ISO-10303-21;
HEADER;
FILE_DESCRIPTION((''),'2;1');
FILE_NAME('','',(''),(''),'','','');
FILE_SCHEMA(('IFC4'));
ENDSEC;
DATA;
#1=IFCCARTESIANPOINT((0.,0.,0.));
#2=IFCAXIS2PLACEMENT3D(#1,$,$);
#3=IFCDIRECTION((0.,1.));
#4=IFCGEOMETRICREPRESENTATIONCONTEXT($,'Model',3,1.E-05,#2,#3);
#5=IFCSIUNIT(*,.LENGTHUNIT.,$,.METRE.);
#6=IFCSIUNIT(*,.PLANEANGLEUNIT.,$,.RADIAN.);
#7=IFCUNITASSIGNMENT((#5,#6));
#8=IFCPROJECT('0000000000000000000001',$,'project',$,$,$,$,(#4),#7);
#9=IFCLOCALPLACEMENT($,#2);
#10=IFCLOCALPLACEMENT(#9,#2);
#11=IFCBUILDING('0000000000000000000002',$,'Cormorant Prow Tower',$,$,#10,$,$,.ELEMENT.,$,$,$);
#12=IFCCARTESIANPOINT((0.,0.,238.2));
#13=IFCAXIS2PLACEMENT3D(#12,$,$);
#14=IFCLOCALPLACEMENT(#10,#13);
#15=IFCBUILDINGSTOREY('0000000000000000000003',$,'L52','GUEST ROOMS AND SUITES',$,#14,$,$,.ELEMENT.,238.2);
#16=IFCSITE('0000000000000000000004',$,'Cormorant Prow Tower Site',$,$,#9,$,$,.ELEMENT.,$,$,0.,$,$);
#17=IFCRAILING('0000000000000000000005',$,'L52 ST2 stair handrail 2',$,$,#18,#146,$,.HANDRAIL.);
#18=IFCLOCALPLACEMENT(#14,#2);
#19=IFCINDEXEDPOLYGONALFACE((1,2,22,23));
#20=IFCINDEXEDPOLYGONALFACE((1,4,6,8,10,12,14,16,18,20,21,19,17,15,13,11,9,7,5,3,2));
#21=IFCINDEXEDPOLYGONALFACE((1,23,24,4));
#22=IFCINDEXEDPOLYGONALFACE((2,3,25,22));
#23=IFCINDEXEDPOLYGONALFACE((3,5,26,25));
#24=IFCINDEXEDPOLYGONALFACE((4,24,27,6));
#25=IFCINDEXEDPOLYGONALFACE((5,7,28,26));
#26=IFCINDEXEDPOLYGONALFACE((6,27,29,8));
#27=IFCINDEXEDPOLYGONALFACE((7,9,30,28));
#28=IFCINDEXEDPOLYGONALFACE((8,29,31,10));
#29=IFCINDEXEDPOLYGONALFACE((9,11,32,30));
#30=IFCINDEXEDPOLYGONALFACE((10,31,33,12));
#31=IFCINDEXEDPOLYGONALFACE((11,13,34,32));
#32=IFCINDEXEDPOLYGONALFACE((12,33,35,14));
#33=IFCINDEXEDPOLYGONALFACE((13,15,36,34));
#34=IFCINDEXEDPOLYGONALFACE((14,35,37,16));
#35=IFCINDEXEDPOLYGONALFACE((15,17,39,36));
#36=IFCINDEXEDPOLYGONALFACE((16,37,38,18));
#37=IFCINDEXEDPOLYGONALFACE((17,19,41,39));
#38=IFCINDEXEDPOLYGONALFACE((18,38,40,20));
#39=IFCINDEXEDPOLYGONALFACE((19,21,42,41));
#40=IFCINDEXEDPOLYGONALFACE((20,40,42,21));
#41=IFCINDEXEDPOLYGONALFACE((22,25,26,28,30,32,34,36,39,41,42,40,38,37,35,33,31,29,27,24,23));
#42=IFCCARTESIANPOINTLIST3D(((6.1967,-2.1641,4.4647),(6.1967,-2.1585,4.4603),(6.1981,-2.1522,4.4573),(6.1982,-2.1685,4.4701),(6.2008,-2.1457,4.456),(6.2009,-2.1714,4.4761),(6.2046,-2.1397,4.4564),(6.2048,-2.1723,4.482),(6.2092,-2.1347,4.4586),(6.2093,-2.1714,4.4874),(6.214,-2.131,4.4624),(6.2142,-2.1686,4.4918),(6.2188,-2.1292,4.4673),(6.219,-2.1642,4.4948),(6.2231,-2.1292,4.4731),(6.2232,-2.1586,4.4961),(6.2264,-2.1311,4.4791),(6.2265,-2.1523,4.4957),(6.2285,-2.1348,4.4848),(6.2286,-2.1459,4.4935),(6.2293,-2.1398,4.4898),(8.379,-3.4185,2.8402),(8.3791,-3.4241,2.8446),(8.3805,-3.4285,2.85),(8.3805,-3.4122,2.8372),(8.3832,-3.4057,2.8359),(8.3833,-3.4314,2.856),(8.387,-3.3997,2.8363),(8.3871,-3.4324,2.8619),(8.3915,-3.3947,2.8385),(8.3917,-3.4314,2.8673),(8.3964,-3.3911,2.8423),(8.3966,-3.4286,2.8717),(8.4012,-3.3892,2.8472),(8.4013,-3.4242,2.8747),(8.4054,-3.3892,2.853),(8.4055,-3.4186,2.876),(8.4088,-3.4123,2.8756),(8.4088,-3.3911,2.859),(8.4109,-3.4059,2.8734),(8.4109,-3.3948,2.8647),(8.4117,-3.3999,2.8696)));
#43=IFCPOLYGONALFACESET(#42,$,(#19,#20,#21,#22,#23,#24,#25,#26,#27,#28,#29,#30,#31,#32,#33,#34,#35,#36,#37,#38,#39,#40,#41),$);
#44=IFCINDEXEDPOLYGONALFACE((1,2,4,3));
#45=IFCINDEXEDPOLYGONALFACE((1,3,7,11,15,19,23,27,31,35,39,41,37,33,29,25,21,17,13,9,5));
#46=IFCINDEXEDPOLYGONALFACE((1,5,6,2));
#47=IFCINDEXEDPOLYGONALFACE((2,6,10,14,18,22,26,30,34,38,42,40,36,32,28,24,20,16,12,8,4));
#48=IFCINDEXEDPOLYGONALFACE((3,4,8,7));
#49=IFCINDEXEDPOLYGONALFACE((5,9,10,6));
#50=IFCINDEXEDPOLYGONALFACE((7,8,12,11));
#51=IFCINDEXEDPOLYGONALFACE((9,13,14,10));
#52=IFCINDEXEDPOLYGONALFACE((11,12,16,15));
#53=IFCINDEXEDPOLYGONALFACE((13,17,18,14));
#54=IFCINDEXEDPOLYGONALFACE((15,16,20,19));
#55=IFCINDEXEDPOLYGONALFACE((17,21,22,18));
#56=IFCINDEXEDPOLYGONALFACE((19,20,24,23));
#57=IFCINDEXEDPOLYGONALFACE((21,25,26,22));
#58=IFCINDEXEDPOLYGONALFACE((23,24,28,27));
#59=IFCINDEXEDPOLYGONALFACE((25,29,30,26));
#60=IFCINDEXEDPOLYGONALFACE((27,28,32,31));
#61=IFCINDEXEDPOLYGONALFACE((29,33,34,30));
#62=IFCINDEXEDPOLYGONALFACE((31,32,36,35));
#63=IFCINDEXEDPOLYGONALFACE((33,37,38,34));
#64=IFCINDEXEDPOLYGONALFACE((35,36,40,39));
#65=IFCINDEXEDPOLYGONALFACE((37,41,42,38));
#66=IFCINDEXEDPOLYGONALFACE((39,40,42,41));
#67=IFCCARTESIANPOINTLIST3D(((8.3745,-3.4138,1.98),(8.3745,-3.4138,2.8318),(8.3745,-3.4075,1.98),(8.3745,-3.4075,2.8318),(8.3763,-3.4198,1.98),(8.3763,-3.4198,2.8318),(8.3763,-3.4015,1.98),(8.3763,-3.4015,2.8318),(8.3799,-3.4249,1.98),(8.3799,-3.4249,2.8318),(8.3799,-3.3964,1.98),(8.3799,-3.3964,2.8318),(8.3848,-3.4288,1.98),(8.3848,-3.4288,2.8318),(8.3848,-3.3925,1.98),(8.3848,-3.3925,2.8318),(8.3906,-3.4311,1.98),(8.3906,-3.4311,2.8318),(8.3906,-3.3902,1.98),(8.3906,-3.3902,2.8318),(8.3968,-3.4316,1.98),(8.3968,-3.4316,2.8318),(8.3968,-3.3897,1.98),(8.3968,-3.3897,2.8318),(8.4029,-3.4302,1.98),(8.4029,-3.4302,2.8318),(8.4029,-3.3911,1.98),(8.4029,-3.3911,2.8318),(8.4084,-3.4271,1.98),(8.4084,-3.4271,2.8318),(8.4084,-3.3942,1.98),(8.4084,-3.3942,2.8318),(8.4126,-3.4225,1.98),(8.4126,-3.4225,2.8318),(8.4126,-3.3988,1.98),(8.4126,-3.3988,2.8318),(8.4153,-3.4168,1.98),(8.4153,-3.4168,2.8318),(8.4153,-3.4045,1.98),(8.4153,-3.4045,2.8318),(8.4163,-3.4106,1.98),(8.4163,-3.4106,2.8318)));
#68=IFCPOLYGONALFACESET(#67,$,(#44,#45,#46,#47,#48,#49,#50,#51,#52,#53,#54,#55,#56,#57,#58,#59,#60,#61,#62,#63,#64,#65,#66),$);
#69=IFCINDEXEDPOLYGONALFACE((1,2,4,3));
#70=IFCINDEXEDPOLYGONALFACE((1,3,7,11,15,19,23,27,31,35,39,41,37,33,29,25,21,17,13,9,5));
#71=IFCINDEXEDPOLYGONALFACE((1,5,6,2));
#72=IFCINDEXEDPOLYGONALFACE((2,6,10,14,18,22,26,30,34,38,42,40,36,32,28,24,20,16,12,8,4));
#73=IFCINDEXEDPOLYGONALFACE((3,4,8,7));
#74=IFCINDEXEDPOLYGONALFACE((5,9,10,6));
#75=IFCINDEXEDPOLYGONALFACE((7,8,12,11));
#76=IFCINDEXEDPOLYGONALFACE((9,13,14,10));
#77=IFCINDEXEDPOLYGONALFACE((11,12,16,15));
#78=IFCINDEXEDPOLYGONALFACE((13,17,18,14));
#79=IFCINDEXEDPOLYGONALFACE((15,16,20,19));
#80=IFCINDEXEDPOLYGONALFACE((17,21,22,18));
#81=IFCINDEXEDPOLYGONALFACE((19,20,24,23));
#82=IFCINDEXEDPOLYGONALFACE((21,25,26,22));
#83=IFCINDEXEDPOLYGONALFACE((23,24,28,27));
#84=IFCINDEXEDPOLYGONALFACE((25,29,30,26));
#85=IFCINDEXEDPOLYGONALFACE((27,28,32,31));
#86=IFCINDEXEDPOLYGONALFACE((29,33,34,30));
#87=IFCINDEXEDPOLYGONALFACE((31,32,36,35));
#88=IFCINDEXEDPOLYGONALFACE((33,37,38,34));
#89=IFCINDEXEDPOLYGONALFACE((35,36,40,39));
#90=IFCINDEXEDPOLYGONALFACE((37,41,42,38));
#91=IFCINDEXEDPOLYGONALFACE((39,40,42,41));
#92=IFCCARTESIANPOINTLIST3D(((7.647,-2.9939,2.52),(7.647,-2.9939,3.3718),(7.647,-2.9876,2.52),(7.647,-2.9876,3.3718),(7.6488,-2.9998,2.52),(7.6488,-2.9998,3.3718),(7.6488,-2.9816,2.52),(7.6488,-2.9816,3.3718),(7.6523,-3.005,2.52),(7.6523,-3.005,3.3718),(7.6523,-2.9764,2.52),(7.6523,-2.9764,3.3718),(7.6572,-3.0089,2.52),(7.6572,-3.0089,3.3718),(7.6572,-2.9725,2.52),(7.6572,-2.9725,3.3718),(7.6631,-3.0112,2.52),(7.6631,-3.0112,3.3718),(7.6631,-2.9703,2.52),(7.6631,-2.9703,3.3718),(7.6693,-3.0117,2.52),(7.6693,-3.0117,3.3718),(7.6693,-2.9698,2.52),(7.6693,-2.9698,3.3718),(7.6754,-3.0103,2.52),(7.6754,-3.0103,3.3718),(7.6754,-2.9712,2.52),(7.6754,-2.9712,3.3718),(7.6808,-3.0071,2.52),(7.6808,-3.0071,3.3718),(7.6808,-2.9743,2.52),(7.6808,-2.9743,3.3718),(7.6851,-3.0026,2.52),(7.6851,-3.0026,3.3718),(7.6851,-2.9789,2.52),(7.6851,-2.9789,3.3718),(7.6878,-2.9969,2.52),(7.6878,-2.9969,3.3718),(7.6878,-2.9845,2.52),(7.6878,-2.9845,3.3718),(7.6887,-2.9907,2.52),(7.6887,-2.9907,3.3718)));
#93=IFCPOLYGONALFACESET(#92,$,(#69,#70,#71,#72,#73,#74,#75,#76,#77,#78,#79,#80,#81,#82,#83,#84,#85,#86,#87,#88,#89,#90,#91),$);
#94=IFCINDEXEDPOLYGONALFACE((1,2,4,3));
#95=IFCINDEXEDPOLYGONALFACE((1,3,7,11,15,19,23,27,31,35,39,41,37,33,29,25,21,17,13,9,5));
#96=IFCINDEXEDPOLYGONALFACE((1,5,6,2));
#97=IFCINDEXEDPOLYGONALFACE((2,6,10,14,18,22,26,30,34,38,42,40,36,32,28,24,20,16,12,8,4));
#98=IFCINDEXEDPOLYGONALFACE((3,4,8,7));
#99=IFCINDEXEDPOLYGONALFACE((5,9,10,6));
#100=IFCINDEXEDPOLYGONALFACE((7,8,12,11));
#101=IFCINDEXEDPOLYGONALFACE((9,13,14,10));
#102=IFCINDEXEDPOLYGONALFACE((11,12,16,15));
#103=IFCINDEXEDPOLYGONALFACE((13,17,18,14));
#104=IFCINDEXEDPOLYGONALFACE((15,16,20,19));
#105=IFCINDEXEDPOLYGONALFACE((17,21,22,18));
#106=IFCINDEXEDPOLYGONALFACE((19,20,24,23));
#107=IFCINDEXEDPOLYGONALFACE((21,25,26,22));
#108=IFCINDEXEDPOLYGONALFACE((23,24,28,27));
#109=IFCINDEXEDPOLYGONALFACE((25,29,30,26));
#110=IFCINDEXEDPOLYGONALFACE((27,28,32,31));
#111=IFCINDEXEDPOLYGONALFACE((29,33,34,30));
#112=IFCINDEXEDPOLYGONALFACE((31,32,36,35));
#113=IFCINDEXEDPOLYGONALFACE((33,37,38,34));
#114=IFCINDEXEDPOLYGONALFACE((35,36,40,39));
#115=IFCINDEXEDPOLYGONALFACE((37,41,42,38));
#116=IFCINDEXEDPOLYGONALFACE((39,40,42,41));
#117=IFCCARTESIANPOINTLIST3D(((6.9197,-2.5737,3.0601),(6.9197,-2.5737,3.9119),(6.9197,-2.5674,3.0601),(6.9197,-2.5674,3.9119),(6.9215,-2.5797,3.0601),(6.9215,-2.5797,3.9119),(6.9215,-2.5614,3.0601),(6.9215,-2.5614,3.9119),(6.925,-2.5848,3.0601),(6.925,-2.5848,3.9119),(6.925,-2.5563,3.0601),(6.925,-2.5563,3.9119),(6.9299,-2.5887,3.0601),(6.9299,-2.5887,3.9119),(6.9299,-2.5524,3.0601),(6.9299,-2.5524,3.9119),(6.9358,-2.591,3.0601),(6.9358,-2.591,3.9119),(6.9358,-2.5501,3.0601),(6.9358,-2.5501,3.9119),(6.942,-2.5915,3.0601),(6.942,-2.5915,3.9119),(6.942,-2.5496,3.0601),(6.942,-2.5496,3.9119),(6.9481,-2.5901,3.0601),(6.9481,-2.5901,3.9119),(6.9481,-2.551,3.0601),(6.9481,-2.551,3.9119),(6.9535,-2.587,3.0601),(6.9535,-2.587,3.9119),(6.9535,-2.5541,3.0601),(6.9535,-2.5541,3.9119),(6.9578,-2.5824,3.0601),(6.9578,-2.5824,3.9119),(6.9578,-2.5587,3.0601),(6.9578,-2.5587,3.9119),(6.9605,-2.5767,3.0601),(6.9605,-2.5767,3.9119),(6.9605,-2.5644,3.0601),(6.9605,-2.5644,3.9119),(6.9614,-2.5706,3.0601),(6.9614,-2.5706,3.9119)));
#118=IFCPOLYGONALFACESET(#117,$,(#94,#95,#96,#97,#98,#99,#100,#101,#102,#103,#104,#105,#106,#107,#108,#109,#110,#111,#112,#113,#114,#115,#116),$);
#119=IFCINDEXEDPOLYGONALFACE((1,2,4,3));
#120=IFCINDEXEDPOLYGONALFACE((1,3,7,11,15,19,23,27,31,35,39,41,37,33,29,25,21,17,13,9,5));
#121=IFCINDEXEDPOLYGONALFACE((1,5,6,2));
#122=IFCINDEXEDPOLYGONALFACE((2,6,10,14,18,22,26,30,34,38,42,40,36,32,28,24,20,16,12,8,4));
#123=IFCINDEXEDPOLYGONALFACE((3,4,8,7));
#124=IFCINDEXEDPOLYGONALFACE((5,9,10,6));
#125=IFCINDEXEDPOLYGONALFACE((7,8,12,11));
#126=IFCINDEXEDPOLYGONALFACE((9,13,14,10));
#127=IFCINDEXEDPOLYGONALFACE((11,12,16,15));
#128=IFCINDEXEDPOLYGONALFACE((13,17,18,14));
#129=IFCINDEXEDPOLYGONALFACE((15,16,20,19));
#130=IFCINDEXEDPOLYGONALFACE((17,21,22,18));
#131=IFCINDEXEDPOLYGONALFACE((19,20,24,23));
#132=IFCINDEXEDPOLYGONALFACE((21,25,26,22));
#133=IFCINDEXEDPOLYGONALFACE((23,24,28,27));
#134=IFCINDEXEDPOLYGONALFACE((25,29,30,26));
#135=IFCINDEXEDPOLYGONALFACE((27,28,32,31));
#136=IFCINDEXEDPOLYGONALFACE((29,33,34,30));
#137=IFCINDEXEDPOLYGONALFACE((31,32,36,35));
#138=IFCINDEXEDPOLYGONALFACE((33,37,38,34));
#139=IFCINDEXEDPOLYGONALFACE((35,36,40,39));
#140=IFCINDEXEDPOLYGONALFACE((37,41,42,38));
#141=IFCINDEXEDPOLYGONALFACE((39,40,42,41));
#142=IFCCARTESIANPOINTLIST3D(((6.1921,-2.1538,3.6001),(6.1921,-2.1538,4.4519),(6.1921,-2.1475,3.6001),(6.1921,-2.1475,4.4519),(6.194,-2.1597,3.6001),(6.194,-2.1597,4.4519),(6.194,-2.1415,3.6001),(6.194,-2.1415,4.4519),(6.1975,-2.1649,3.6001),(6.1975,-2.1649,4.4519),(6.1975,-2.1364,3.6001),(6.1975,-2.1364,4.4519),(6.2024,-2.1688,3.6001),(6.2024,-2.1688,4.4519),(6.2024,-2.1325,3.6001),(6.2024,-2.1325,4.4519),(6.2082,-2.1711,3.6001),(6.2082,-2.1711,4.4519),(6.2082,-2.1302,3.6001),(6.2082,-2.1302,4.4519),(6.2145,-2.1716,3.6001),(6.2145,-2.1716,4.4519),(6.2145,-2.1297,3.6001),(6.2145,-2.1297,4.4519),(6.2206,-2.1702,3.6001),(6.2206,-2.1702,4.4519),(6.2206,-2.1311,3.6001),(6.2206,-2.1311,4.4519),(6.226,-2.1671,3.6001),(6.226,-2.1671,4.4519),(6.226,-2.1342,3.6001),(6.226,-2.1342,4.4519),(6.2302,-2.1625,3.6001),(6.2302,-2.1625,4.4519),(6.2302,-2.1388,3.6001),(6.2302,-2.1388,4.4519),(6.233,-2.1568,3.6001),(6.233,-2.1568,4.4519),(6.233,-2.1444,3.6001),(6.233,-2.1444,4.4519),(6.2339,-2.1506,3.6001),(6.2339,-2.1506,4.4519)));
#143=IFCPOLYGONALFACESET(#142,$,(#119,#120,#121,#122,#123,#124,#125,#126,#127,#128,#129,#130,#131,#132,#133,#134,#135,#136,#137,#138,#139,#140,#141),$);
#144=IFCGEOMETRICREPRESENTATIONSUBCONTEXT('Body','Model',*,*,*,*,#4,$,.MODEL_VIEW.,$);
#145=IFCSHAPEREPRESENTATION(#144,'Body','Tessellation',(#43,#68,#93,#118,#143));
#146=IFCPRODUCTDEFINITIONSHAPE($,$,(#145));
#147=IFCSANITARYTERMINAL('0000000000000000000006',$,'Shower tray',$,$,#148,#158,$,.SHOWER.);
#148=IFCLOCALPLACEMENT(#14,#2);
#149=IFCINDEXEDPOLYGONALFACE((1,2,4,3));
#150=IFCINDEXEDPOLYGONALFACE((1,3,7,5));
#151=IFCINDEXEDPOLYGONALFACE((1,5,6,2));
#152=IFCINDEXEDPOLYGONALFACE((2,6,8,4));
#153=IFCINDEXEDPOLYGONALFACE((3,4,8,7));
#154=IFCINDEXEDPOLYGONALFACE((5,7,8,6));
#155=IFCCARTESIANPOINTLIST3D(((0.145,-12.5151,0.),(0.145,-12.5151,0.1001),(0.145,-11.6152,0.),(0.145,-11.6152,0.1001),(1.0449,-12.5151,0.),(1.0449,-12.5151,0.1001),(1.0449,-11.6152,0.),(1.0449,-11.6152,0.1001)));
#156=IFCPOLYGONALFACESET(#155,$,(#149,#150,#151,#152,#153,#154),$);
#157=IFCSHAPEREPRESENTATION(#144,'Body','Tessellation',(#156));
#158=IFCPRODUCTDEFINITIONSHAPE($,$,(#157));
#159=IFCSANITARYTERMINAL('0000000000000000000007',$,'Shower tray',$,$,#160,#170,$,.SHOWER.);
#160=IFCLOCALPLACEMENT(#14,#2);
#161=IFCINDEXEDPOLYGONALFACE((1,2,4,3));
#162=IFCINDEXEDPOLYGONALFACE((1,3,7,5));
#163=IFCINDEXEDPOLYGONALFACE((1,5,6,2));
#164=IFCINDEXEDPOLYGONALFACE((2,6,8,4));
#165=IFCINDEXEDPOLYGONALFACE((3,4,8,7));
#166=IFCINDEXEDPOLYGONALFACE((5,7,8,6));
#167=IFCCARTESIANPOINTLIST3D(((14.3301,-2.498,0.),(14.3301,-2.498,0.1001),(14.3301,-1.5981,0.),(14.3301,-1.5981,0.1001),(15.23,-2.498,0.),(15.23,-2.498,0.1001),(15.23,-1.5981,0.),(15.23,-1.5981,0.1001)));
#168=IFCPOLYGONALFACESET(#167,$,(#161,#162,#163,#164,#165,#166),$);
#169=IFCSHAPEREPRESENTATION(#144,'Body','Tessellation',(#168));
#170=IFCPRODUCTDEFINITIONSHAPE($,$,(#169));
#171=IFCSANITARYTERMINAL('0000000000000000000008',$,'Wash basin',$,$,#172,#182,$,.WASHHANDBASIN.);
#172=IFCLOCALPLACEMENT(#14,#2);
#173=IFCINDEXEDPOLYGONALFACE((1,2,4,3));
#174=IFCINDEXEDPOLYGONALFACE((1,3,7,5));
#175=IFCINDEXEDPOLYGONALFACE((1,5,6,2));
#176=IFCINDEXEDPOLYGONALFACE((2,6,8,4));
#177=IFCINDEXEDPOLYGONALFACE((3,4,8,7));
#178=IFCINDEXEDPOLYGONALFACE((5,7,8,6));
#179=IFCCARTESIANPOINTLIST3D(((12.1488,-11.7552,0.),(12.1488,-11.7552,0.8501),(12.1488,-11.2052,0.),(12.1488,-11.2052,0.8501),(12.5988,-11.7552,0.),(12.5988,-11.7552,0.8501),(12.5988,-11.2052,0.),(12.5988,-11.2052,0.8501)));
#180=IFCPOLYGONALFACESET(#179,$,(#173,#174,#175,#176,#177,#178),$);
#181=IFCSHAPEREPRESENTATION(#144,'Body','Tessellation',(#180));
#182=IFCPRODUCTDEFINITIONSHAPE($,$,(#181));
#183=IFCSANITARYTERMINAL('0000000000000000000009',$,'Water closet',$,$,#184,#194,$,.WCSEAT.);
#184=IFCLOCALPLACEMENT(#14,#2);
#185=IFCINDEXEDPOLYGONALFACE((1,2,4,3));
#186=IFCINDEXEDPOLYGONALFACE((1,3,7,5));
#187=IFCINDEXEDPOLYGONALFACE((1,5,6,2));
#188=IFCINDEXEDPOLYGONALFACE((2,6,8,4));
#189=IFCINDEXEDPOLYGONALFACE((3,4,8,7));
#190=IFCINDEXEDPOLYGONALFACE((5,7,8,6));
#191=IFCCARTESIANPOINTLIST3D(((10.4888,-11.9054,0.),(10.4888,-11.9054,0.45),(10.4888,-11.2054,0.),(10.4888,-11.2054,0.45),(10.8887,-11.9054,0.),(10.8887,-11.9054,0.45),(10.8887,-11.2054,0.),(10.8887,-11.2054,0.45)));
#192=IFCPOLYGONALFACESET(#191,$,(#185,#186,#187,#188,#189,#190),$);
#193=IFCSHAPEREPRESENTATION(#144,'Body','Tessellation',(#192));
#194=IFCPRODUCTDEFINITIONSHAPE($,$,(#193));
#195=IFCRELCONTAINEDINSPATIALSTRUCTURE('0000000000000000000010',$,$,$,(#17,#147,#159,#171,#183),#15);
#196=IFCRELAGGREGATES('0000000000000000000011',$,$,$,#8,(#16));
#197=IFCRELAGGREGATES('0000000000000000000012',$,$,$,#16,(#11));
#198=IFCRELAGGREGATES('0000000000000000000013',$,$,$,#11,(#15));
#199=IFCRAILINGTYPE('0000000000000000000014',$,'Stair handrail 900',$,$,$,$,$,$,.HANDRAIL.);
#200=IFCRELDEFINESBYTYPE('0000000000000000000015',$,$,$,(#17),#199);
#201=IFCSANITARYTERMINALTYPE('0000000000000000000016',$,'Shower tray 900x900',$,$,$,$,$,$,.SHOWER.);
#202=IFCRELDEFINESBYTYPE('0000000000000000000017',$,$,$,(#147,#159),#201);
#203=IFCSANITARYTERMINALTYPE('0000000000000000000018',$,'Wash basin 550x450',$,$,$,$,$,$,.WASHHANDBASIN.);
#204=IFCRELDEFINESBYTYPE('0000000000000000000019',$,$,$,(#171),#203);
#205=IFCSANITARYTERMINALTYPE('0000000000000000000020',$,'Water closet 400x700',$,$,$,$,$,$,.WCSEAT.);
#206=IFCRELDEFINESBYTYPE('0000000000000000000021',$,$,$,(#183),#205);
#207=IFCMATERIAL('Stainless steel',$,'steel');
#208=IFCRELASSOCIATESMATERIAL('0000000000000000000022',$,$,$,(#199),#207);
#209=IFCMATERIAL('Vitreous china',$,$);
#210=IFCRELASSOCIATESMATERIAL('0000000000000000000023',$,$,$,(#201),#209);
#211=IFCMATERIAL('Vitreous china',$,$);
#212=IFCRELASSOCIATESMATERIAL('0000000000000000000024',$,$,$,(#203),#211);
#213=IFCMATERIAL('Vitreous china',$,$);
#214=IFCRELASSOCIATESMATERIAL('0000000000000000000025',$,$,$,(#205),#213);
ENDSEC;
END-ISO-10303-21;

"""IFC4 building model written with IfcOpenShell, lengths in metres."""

from ifc_helpers import new_model, si_unit, direction, frame, origin, origin_2d, place, context, subcontext, project, spatial, rectangle, circle, extrude, material, type_object, element, save


model = new_model("IFC4")

# Units and contexts
model_context = context("Model", 3, precision=1e-05, world=origin(), true_north=direction((0.0, 1.0)))
body_context = subcontext(model_context, "Body", "Model", "MODEL_VIEW")
ifc_project = project(units=[si_unit("LENGTHUNIT", "METRE"), si_unit("PLANEANGLEUNIT", "RADIAN")], contexts=[model_context])

# Site, building, storey
site_placement = place(None, origin())
site = spatial("IfcSite", under=ifc_project, at=site_placement, Name="Cormorant Prow Tower Site", CompositionType="ELEMENT", RefElevation=0.0)
building_placement = place(site_placement, origin())
building = spatial("IfcBuilding", under=site, at=building_placement, Name="Cormorant Prow Tower", CompositionType="ELEMENT")
storey_placement = place(building_placement, frame((0.0, 0.0, 238.2)))
storey = spatial("IfcBuildingStorey", under=building, at=storey_placement, Name="L52", Description="GUEST ROOMS AND SUITES", CompositionType="ELEMENT", Elevation=238.2)

# Railing
ifc_material_1 = material(Name="Stainless steel", Category="steel")
railing_type_1 = type_object("IfcRailingType", Name="Stair handrail 900", PredefinedType="HANDRAIL", material=ifc_material_1)
railing_1_placement = place(storey_placement, frame((8.3953, -3.4106, 1.98)))
element("IfcRailing", 1, at=railing_1_placement, inside=storey, type_object=railing_type_1, Name="L52 ST2 stair handrail 2", PredefinedType="HANDRAIL", context=body_context, shape_type="SweptSolid", body=[
    extrude(circle(Radius=0.0239, at=origin_2d()), frame((0.0, 0.0, 0.876), z_axis=(-0.728464, 0.420584, 0.540786), x_axis=(-0.500005, -0.866023, 0.0)), (0.0, 0.0, 1.0), 2.9958),
    extrude(circle(Radius=0.021, at=origin_2d()), origin(), (0.0, 0.0, 1.0), 0.8518),
    extrude(circle(Radius=0.021, at=origin_2d()), frame((-0.7275, 0.4199, 0.54)), (0.0, 0.0, 1.0), 0.8518),
    extrude(circle(Radius=0.021, at=origin_2d()), frame((-1.4548, 0.8401, 1.0801)), (0.0, 0.0, 1.0), 0.8518),
    extrude(circle(Radius=0.021, at=origin_2d()), frame((-2.1824, 1.26, 1.6201)), (0.0, 0.0, 1.0), 0.8518),
])

# Sanitary terminals
ifc_material_2 = material(Name="Vitreous china")
sanitary_terminal_type_1 = type_object("IfcSanitaryTerminalType", Name="Shower tray 900x900", PredefinedType="SHOWER", material=ifc_material_2)
for number, where, z_axis, x_axis, name in (
    (2, (0.595, -12.0652, 0.0), (0.0, 0.0, 1.0), (1.0, 0.0, 0.0), "Shower tray"),
    (3, (14.78, -2.0481, 0.0), (0.0, 0.0, 1.0), (1.0, 0.0, 0.0), "Shower tray"),
):
    element("IfcSanitaryTerminal", number, at=place(storey_placement, frame(where, z_axis=z_axis, x_axis=x_axis)), inside=storey, type_object=sanitary_terminal_type_1, Name=name, PredefinedType="SHOWER", context=body_context, shape_type="SweptSolid", body=[
        extrude(rectangle(XDim=0.8999, YDim=0.8999, at=origin_2d()), origin(), (0.0, 0.0, 1.0), 0.1001),
    ])
ifc_material_3 = material(Name="Vitreous china")
sanitary_terminal_type_2 = type_object("IfcSanitaryTerminalType", Name="Wash basin 550x450", PredefinedType="WASHHANDBASIN", material=ifc_material_3)
sanitary_terminal_1_placement = place(storey_placement, frame((12.3738, -11.4802, 0.0), z_axis=(0.0, 0.0, 1.0), x_axis=(0.0, -1.0, 0.0)))
element("IfcSanitaryTerminal", 4, at=sanitary_terminal_1_placement, inside=storey, type_object=sanitary_terminal_type_2, Name="Wash basin", PredefinedType="WASHHANDBASIN", context=body_context, shape_type="SweptSolid", body=[
    extrude(rectangle(XDim=0.55, YDim=0.45, at=origin_2d()), origin(), (0.0, 0.0, 1.0), 0.8501),
])
ifc_material_4 = material(Name="Vitreous china")
sanitary_terminal_type_3 = type_object("IfcSanitaryTerminalType", Name="Water closet 400x700", PredefinedType="WCSEAT", material=ifc_material_4)
sanitary_terminal_2_placement = place(storey_placement, frame((10.6887, -11.5554, 0.0), z_axis=(0.0, 0.0, 1.0), x_axis=(1.0, 0.0, 0.0)))
element("IfcSanitaryTerminal", 5, at=sanitary_terminal_2_placement, inside=storey, type_object=sanitary_terminal_type_3, Name="Water closet", PredefinedType="WCSEAT", context=body_context, shape_type="SweptSolid", body=[
    extrude(rectangle(XDim=0.3999, YDim=0.7, at=origin_2d()), origin(), (0.0, 0.0, 1.0), 0.45),
])

save(model, "model.ifc")
